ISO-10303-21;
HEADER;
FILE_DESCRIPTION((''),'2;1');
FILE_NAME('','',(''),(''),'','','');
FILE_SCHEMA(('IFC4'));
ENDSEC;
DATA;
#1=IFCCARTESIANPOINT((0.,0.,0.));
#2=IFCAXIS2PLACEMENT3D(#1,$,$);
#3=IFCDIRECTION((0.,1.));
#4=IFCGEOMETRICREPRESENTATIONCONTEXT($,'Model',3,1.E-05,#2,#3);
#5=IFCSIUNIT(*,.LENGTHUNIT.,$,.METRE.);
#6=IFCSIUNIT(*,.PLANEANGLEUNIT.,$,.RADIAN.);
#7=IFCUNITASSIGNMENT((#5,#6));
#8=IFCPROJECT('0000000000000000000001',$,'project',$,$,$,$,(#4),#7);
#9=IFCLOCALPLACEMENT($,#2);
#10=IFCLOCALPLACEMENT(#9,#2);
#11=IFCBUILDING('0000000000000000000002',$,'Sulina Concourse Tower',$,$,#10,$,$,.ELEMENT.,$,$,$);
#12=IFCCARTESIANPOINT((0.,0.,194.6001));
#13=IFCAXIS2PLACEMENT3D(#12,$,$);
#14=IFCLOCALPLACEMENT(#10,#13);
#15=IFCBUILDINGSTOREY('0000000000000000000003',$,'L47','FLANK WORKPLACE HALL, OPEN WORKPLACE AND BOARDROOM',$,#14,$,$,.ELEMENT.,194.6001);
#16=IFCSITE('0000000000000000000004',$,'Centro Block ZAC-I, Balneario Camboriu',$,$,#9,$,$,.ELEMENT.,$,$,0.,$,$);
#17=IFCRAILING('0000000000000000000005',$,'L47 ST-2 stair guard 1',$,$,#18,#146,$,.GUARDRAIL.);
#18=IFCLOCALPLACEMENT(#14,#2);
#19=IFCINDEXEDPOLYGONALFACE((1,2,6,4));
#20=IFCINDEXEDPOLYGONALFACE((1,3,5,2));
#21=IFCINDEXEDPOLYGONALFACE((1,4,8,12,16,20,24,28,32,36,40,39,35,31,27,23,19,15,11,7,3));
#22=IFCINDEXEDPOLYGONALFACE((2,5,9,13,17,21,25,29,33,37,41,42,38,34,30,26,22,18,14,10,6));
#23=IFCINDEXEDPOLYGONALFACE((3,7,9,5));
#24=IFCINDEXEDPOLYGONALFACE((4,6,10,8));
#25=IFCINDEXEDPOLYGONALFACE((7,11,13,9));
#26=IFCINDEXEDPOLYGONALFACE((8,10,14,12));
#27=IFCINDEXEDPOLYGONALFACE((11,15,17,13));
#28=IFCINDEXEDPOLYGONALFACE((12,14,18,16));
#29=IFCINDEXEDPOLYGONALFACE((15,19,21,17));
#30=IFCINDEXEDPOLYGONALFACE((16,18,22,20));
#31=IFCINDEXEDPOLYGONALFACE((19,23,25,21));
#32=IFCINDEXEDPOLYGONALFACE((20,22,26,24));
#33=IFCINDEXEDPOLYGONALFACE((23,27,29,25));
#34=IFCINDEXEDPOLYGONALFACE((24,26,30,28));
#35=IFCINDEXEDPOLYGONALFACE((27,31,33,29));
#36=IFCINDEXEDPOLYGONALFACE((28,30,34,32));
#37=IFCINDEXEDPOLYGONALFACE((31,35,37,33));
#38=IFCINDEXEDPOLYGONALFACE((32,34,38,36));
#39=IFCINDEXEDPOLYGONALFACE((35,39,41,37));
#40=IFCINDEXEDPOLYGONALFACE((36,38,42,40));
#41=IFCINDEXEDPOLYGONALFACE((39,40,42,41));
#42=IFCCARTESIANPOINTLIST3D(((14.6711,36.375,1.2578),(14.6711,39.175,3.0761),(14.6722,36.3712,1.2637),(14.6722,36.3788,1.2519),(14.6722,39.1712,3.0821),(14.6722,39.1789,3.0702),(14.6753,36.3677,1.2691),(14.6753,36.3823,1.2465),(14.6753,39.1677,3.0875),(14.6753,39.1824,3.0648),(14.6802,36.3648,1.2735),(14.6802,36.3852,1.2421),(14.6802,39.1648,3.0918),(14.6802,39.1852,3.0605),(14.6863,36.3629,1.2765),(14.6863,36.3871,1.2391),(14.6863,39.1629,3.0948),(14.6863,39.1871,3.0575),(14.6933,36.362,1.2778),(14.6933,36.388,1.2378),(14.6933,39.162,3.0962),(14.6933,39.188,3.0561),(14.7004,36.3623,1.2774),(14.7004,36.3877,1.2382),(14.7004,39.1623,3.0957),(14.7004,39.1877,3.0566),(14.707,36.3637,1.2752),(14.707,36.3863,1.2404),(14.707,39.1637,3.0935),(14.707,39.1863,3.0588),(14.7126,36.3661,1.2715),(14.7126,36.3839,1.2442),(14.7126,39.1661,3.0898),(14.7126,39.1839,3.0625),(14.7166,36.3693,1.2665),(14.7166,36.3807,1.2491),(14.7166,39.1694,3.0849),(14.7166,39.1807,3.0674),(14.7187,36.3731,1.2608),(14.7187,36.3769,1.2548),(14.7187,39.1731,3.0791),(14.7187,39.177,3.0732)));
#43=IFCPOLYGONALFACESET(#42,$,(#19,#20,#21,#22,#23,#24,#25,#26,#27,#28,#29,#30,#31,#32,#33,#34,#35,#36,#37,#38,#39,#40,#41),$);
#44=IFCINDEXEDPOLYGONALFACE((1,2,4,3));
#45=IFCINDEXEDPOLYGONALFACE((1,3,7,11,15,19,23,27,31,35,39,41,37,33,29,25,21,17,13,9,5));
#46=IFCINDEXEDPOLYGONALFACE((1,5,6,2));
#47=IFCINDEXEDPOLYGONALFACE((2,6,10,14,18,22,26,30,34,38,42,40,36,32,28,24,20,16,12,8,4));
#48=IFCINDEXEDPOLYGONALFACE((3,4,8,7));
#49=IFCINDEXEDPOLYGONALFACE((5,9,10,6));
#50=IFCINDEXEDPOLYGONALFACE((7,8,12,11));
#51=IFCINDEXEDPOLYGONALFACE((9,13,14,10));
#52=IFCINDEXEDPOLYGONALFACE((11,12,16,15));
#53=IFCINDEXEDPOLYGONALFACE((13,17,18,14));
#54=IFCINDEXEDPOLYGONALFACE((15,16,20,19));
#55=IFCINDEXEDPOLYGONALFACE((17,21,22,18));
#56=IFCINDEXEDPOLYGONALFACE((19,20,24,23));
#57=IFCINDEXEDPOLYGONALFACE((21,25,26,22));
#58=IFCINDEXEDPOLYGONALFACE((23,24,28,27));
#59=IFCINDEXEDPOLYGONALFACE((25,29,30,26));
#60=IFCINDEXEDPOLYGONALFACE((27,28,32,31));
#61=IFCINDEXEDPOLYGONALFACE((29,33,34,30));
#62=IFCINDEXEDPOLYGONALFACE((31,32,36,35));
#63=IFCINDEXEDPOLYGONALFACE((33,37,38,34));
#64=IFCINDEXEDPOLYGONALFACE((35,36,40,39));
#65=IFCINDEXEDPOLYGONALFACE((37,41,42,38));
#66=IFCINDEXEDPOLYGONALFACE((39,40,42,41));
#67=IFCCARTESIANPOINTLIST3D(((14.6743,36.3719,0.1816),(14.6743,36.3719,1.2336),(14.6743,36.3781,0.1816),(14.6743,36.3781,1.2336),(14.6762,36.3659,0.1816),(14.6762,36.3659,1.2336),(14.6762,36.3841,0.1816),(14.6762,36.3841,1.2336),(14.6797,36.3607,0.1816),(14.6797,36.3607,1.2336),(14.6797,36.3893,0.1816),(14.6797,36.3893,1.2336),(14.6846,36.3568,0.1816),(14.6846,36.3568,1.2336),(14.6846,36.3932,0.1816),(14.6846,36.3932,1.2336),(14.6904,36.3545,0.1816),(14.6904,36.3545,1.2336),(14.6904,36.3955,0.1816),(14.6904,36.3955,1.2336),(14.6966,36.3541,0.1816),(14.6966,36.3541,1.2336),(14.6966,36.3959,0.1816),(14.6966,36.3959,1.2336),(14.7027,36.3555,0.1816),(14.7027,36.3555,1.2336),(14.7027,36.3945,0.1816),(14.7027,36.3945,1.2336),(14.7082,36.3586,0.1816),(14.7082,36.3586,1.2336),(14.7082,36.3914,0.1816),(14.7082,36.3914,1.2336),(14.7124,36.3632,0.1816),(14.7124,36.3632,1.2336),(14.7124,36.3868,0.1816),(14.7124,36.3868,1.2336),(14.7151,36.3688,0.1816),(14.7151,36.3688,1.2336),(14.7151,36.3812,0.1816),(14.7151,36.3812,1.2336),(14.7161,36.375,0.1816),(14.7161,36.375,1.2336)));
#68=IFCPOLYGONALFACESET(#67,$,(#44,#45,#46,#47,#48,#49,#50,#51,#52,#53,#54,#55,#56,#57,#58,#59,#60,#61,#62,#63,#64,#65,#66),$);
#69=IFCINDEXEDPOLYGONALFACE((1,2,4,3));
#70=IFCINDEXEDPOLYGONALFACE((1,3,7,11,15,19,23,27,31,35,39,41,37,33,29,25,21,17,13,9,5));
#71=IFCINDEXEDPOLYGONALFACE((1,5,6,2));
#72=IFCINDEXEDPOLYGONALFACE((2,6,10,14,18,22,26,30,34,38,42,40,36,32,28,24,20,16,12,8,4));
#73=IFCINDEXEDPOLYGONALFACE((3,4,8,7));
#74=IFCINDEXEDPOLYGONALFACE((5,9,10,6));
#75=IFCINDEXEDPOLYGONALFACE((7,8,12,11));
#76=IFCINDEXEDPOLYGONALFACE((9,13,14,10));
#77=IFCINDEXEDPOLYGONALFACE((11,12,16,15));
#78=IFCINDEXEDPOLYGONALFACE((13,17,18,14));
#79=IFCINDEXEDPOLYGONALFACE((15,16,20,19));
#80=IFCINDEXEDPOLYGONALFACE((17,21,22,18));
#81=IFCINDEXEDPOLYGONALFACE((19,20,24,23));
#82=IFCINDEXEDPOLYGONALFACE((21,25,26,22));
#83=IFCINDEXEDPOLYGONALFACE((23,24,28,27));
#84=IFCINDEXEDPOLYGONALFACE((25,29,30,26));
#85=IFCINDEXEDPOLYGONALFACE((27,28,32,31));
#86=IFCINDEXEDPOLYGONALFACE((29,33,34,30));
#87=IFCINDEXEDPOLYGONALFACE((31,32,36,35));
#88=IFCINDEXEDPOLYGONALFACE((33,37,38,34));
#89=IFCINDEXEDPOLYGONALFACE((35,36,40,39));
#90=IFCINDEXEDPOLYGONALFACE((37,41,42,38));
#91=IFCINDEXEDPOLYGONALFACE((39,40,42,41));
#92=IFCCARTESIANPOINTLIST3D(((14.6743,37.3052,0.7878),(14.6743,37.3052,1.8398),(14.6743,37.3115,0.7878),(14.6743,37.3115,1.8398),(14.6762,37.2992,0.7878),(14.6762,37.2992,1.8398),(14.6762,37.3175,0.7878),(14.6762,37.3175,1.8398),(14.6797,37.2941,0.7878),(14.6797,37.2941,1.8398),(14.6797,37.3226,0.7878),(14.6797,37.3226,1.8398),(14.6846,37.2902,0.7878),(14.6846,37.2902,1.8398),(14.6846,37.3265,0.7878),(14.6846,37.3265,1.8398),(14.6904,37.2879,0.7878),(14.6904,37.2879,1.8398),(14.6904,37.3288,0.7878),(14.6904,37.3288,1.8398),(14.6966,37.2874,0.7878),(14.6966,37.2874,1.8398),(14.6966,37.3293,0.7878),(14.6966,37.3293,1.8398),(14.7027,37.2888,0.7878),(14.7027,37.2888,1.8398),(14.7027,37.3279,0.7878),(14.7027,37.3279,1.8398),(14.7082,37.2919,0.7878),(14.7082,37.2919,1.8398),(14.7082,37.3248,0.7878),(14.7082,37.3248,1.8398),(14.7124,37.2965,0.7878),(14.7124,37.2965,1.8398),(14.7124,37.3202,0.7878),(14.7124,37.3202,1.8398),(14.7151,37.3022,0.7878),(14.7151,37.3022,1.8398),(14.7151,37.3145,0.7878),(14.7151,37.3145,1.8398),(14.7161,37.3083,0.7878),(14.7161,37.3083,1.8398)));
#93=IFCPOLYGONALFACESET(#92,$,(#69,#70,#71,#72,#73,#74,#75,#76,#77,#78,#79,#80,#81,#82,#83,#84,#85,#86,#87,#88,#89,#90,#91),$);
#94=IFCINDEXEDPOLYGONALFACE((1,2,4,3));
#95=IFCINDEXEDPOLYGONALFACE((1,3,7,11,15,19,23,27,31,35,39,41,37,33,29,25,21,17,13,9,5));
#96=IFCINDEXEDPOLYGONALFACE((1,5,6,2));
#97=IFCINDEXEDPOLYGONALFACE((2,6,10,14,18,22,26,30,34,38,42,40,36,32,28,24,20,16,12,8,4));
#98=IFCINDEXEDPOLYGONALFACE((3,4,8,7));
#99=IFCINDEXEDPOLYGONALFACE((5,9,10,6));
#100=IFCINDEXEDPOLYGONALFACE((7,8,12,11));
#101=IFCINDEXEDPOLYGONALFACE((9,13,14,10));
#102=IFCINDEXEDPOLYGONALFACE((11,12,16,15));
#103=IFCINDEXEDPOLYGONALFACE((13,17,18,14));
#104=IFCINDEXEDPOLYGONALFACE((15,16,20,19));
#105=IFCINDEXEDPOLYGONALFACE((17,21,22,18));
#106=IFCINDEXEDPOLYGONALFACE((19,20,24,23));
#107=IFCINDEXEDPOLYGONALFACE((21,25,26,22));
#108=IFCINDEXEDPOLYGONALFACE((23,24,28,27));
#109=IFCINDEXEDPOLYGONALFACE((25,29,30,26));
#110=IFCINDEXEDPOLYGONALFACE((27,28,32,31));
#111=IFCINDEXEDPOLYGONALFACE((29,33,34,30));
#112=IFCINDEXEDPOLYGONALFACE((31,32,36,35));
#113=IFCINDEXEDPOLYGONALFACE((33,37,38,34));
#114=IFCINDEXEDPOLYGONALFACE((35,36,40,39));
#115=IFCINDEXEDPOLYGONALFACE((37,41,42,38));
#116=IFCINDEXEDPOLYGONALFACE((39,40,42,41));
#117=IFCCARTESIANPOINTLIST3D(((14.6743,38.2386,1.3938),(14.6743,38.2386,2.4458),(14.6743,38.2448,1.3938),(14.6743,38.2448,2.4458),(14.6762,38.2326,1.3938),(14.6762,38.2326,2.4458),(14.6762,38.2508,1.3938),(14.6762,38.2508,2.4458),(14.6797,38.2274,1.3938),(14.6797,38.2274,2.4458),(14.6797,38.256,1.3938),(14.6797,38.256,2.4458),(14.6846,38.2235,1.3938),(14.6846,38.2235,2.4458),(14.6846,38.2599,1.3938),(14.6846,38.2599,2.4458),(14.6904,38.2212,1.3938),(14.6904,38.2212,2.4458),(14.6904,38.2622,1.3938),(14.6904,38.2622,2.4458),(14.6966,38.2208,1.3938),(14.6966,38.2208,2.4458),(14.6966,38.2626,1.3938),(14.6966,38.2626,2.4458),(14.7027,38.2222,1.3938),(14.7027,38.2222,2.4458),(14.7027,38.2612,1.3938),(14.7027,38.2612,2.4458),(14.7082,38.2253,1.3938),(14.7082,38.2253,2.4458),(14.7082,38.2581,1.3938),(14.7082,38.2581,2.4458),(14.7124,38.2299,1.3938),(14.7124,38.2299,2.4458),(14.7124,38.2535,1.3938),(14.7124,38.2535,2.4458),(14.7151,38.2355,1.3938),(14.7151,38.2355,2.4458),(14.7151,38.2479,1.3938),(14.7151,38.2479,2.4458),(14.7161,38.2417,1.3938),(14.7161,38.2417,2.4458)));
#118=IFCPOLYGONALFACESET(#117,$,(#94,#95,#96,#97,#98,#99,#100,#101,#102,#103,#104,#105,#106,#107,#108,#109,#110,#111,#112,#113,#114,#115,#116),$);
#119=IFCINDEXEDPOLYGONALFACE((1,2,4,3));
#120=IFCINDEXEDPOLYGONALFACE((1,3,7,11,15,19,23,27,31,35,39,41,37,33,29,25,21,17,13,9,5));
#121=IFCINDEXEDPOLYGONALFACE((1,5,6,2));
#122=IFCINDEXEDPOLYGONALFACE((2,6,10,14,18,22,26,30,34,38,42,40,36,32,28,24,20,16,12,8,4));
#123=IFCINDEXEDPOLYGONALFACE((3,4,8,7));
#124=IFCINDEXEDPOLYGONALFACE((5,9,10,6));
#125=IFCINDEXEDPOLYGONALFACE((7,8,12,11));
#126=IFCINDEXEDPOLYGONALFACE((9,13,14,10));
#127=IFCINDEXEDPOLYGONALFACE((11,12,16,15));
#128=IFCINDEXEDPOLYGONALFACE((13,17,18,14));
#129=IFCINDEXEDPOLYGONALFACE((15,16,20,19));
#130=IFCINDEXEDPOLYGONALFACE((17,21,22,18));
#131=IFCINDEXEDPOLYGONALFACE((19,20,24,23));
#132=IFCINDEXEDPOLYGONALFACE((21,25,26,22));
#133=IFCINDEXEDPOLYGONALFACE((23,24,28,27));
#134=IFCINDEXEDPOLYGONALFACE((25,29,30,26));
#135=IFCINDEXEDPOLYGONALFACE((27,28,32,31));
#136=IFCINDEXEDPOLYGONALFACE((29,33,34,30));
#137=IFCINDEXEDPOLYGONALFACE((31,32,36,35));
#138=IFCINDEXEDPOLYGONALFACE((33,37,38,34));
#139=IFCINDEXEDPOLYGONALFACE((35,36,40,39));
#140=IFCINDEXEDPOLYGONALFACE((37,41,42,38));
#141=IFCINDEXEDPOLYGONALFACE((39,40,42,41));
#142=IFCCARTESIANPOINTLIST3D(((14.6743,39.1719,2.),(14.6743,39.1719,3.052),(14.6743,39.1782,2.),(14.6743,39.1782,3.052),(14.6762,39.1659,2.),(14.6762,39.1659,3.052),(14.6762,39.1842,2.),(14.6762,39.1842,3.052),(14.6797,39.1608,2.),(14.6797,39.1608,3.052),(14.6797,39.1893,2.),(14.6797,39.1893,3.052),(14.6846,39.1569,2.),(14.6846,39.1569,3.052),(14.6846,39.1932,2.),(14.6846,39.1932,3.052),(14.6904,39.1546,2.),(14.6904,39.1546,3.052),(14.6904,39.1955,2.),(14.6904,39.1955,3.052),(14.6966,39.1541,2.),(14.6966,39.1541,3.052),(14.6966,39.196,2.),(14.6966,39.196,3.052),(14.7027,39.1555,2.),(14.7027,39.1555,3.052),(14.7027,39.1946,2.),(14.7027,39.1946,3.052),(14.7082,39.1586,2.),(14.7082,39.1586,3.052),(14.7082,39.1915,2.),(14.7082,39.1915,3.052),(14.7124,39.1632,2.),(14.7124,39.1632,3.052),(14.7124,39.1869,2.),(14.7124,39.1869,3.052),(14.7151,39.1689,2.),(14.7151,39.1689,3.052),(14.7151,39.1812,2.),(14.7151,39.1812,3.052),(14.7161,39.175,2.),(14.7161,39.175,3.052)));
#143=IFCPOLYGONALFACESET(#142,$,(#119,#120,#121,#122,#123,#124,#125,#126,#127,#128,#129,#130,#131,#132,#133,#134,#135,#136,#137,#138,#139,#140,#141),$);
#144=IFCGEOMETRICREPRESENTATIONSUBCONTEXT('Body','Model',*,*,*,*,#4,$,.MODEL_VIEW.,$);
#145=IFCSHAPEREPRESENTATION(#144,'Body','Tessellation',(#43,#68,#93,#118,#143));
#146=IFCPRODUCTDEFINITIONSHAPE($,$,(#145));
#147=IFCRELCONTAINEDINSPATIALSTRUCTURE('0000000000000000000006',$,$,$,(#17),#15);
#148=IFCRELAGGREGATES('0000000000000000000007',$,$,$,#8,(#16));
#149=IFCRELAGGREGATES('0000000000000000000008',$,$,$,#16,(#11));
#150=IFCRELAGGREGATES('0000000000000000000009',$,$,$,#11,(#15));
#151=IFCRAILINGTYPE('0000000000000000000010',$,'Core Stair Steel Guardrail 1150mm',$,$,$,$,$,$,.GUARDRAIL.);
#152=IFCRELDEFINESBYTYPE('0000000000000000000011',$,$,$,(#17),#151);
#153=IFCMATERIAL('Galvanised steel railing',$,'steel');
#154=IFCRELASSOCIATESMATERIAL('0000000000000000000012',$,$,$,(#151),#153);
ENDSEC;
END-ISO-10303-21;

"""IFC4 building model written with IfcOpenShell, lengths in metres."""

from ifc_helpers import new_model, si_unit, direction, frame, origin, origin_2d, place, context, subcontext, project, spatial, circle, extrude, material, type_object, element, save


model = new_model("IFC4")

# Units and contexts
model_context = context("Model", 3, precision=1e-05, world=origin(), true_north=direction((0.0, 1.0)))
body_context = subcontext(model_context, "Body", "Model", "MODEL_VIEW")
ifc_project = project(units=[si_unit("LENGTHUNIT", "METRE"), si_unit("PLANEANGLEUNIT", "RADIAN")], contexts=[model_context])

# Site, building, storey
site_placement = place(None, origin())
site = spatial("IfcSite", under=ifc_project, at=site_placement, Name="Centro Block ZAC-I, Balneario Camboriu", CompositionType="ELEMENT", RefElevation=0.0)
building_placement = place(site_placement, origin())
building = spatial("IfcBuilding", under=site, at=building_placement, Name="Sulina Concourse Tower", CompositionType="ELEMENT")
storey_placement = place(building_placement, frame((0.0, 0.0, 194.6001)))
storey = spatial("IfcBuildingStorey", under=building, at=storey_placement, Name="L47", Description="FLANK WORKPLACE HALL, OPEN WORKPLACE AND BOARDROOM", CompositionType="ELEMENT", Elevation=194.6001)

# Railing
ifc_material_1 = material(Name="Galvanised steel railing", Category="steel")
railing_type_1 = type_object("IfcRailingType", Name="Core Stair Steel Guardrail 1150mm", PredefinedType="GUARDRAIL", material=ifc_material_1)
railing_1_placement = place(storey_placement, frame((14.6951, 36.375, 0.1816)))
element("IfcRailing", 1, at=railing_1_placement, inside=storey, type_object=railing_type_1, Name="L47 ST-2 stair guard 1", PredefinedType="GUARDRAIL", context=body_context, shape_type="SweptSolid", body=[
    extrude(circle(Radius=0.0239, at=origin_2d()), frame((0.0, 0.0, 1.0762), z_axis=(0.0, 0.838672, 0.544636), x_axis=(-1.0, 0.0, 0.0)), (0.0, 0.0, 1.0), 3.3386),
    extrude(circle(Radius=0.021, at=origin_2d()), origin(), (0.0, 0.0, 1.0), 1.052),
    extrude(circle(Radius=0.021, at=origin_2d()), frame((0.0, 0.9333, 0.6062)), (0.0, 0.0, 1.0), 1.052),
    extrude(circle(Radius=0.021, at=origin_2d()), frame((0.0, 1.8667, 1.2122)), (0.0, 0.0, 1.0), 1.052),
    extrude(circle(Radius=0.021, at=origin_2d()), frame((0.0, 2.8, 1.8184)), (0.0, 0.0, 1.0), 1.052),
])

save(model, "model.ifc")
